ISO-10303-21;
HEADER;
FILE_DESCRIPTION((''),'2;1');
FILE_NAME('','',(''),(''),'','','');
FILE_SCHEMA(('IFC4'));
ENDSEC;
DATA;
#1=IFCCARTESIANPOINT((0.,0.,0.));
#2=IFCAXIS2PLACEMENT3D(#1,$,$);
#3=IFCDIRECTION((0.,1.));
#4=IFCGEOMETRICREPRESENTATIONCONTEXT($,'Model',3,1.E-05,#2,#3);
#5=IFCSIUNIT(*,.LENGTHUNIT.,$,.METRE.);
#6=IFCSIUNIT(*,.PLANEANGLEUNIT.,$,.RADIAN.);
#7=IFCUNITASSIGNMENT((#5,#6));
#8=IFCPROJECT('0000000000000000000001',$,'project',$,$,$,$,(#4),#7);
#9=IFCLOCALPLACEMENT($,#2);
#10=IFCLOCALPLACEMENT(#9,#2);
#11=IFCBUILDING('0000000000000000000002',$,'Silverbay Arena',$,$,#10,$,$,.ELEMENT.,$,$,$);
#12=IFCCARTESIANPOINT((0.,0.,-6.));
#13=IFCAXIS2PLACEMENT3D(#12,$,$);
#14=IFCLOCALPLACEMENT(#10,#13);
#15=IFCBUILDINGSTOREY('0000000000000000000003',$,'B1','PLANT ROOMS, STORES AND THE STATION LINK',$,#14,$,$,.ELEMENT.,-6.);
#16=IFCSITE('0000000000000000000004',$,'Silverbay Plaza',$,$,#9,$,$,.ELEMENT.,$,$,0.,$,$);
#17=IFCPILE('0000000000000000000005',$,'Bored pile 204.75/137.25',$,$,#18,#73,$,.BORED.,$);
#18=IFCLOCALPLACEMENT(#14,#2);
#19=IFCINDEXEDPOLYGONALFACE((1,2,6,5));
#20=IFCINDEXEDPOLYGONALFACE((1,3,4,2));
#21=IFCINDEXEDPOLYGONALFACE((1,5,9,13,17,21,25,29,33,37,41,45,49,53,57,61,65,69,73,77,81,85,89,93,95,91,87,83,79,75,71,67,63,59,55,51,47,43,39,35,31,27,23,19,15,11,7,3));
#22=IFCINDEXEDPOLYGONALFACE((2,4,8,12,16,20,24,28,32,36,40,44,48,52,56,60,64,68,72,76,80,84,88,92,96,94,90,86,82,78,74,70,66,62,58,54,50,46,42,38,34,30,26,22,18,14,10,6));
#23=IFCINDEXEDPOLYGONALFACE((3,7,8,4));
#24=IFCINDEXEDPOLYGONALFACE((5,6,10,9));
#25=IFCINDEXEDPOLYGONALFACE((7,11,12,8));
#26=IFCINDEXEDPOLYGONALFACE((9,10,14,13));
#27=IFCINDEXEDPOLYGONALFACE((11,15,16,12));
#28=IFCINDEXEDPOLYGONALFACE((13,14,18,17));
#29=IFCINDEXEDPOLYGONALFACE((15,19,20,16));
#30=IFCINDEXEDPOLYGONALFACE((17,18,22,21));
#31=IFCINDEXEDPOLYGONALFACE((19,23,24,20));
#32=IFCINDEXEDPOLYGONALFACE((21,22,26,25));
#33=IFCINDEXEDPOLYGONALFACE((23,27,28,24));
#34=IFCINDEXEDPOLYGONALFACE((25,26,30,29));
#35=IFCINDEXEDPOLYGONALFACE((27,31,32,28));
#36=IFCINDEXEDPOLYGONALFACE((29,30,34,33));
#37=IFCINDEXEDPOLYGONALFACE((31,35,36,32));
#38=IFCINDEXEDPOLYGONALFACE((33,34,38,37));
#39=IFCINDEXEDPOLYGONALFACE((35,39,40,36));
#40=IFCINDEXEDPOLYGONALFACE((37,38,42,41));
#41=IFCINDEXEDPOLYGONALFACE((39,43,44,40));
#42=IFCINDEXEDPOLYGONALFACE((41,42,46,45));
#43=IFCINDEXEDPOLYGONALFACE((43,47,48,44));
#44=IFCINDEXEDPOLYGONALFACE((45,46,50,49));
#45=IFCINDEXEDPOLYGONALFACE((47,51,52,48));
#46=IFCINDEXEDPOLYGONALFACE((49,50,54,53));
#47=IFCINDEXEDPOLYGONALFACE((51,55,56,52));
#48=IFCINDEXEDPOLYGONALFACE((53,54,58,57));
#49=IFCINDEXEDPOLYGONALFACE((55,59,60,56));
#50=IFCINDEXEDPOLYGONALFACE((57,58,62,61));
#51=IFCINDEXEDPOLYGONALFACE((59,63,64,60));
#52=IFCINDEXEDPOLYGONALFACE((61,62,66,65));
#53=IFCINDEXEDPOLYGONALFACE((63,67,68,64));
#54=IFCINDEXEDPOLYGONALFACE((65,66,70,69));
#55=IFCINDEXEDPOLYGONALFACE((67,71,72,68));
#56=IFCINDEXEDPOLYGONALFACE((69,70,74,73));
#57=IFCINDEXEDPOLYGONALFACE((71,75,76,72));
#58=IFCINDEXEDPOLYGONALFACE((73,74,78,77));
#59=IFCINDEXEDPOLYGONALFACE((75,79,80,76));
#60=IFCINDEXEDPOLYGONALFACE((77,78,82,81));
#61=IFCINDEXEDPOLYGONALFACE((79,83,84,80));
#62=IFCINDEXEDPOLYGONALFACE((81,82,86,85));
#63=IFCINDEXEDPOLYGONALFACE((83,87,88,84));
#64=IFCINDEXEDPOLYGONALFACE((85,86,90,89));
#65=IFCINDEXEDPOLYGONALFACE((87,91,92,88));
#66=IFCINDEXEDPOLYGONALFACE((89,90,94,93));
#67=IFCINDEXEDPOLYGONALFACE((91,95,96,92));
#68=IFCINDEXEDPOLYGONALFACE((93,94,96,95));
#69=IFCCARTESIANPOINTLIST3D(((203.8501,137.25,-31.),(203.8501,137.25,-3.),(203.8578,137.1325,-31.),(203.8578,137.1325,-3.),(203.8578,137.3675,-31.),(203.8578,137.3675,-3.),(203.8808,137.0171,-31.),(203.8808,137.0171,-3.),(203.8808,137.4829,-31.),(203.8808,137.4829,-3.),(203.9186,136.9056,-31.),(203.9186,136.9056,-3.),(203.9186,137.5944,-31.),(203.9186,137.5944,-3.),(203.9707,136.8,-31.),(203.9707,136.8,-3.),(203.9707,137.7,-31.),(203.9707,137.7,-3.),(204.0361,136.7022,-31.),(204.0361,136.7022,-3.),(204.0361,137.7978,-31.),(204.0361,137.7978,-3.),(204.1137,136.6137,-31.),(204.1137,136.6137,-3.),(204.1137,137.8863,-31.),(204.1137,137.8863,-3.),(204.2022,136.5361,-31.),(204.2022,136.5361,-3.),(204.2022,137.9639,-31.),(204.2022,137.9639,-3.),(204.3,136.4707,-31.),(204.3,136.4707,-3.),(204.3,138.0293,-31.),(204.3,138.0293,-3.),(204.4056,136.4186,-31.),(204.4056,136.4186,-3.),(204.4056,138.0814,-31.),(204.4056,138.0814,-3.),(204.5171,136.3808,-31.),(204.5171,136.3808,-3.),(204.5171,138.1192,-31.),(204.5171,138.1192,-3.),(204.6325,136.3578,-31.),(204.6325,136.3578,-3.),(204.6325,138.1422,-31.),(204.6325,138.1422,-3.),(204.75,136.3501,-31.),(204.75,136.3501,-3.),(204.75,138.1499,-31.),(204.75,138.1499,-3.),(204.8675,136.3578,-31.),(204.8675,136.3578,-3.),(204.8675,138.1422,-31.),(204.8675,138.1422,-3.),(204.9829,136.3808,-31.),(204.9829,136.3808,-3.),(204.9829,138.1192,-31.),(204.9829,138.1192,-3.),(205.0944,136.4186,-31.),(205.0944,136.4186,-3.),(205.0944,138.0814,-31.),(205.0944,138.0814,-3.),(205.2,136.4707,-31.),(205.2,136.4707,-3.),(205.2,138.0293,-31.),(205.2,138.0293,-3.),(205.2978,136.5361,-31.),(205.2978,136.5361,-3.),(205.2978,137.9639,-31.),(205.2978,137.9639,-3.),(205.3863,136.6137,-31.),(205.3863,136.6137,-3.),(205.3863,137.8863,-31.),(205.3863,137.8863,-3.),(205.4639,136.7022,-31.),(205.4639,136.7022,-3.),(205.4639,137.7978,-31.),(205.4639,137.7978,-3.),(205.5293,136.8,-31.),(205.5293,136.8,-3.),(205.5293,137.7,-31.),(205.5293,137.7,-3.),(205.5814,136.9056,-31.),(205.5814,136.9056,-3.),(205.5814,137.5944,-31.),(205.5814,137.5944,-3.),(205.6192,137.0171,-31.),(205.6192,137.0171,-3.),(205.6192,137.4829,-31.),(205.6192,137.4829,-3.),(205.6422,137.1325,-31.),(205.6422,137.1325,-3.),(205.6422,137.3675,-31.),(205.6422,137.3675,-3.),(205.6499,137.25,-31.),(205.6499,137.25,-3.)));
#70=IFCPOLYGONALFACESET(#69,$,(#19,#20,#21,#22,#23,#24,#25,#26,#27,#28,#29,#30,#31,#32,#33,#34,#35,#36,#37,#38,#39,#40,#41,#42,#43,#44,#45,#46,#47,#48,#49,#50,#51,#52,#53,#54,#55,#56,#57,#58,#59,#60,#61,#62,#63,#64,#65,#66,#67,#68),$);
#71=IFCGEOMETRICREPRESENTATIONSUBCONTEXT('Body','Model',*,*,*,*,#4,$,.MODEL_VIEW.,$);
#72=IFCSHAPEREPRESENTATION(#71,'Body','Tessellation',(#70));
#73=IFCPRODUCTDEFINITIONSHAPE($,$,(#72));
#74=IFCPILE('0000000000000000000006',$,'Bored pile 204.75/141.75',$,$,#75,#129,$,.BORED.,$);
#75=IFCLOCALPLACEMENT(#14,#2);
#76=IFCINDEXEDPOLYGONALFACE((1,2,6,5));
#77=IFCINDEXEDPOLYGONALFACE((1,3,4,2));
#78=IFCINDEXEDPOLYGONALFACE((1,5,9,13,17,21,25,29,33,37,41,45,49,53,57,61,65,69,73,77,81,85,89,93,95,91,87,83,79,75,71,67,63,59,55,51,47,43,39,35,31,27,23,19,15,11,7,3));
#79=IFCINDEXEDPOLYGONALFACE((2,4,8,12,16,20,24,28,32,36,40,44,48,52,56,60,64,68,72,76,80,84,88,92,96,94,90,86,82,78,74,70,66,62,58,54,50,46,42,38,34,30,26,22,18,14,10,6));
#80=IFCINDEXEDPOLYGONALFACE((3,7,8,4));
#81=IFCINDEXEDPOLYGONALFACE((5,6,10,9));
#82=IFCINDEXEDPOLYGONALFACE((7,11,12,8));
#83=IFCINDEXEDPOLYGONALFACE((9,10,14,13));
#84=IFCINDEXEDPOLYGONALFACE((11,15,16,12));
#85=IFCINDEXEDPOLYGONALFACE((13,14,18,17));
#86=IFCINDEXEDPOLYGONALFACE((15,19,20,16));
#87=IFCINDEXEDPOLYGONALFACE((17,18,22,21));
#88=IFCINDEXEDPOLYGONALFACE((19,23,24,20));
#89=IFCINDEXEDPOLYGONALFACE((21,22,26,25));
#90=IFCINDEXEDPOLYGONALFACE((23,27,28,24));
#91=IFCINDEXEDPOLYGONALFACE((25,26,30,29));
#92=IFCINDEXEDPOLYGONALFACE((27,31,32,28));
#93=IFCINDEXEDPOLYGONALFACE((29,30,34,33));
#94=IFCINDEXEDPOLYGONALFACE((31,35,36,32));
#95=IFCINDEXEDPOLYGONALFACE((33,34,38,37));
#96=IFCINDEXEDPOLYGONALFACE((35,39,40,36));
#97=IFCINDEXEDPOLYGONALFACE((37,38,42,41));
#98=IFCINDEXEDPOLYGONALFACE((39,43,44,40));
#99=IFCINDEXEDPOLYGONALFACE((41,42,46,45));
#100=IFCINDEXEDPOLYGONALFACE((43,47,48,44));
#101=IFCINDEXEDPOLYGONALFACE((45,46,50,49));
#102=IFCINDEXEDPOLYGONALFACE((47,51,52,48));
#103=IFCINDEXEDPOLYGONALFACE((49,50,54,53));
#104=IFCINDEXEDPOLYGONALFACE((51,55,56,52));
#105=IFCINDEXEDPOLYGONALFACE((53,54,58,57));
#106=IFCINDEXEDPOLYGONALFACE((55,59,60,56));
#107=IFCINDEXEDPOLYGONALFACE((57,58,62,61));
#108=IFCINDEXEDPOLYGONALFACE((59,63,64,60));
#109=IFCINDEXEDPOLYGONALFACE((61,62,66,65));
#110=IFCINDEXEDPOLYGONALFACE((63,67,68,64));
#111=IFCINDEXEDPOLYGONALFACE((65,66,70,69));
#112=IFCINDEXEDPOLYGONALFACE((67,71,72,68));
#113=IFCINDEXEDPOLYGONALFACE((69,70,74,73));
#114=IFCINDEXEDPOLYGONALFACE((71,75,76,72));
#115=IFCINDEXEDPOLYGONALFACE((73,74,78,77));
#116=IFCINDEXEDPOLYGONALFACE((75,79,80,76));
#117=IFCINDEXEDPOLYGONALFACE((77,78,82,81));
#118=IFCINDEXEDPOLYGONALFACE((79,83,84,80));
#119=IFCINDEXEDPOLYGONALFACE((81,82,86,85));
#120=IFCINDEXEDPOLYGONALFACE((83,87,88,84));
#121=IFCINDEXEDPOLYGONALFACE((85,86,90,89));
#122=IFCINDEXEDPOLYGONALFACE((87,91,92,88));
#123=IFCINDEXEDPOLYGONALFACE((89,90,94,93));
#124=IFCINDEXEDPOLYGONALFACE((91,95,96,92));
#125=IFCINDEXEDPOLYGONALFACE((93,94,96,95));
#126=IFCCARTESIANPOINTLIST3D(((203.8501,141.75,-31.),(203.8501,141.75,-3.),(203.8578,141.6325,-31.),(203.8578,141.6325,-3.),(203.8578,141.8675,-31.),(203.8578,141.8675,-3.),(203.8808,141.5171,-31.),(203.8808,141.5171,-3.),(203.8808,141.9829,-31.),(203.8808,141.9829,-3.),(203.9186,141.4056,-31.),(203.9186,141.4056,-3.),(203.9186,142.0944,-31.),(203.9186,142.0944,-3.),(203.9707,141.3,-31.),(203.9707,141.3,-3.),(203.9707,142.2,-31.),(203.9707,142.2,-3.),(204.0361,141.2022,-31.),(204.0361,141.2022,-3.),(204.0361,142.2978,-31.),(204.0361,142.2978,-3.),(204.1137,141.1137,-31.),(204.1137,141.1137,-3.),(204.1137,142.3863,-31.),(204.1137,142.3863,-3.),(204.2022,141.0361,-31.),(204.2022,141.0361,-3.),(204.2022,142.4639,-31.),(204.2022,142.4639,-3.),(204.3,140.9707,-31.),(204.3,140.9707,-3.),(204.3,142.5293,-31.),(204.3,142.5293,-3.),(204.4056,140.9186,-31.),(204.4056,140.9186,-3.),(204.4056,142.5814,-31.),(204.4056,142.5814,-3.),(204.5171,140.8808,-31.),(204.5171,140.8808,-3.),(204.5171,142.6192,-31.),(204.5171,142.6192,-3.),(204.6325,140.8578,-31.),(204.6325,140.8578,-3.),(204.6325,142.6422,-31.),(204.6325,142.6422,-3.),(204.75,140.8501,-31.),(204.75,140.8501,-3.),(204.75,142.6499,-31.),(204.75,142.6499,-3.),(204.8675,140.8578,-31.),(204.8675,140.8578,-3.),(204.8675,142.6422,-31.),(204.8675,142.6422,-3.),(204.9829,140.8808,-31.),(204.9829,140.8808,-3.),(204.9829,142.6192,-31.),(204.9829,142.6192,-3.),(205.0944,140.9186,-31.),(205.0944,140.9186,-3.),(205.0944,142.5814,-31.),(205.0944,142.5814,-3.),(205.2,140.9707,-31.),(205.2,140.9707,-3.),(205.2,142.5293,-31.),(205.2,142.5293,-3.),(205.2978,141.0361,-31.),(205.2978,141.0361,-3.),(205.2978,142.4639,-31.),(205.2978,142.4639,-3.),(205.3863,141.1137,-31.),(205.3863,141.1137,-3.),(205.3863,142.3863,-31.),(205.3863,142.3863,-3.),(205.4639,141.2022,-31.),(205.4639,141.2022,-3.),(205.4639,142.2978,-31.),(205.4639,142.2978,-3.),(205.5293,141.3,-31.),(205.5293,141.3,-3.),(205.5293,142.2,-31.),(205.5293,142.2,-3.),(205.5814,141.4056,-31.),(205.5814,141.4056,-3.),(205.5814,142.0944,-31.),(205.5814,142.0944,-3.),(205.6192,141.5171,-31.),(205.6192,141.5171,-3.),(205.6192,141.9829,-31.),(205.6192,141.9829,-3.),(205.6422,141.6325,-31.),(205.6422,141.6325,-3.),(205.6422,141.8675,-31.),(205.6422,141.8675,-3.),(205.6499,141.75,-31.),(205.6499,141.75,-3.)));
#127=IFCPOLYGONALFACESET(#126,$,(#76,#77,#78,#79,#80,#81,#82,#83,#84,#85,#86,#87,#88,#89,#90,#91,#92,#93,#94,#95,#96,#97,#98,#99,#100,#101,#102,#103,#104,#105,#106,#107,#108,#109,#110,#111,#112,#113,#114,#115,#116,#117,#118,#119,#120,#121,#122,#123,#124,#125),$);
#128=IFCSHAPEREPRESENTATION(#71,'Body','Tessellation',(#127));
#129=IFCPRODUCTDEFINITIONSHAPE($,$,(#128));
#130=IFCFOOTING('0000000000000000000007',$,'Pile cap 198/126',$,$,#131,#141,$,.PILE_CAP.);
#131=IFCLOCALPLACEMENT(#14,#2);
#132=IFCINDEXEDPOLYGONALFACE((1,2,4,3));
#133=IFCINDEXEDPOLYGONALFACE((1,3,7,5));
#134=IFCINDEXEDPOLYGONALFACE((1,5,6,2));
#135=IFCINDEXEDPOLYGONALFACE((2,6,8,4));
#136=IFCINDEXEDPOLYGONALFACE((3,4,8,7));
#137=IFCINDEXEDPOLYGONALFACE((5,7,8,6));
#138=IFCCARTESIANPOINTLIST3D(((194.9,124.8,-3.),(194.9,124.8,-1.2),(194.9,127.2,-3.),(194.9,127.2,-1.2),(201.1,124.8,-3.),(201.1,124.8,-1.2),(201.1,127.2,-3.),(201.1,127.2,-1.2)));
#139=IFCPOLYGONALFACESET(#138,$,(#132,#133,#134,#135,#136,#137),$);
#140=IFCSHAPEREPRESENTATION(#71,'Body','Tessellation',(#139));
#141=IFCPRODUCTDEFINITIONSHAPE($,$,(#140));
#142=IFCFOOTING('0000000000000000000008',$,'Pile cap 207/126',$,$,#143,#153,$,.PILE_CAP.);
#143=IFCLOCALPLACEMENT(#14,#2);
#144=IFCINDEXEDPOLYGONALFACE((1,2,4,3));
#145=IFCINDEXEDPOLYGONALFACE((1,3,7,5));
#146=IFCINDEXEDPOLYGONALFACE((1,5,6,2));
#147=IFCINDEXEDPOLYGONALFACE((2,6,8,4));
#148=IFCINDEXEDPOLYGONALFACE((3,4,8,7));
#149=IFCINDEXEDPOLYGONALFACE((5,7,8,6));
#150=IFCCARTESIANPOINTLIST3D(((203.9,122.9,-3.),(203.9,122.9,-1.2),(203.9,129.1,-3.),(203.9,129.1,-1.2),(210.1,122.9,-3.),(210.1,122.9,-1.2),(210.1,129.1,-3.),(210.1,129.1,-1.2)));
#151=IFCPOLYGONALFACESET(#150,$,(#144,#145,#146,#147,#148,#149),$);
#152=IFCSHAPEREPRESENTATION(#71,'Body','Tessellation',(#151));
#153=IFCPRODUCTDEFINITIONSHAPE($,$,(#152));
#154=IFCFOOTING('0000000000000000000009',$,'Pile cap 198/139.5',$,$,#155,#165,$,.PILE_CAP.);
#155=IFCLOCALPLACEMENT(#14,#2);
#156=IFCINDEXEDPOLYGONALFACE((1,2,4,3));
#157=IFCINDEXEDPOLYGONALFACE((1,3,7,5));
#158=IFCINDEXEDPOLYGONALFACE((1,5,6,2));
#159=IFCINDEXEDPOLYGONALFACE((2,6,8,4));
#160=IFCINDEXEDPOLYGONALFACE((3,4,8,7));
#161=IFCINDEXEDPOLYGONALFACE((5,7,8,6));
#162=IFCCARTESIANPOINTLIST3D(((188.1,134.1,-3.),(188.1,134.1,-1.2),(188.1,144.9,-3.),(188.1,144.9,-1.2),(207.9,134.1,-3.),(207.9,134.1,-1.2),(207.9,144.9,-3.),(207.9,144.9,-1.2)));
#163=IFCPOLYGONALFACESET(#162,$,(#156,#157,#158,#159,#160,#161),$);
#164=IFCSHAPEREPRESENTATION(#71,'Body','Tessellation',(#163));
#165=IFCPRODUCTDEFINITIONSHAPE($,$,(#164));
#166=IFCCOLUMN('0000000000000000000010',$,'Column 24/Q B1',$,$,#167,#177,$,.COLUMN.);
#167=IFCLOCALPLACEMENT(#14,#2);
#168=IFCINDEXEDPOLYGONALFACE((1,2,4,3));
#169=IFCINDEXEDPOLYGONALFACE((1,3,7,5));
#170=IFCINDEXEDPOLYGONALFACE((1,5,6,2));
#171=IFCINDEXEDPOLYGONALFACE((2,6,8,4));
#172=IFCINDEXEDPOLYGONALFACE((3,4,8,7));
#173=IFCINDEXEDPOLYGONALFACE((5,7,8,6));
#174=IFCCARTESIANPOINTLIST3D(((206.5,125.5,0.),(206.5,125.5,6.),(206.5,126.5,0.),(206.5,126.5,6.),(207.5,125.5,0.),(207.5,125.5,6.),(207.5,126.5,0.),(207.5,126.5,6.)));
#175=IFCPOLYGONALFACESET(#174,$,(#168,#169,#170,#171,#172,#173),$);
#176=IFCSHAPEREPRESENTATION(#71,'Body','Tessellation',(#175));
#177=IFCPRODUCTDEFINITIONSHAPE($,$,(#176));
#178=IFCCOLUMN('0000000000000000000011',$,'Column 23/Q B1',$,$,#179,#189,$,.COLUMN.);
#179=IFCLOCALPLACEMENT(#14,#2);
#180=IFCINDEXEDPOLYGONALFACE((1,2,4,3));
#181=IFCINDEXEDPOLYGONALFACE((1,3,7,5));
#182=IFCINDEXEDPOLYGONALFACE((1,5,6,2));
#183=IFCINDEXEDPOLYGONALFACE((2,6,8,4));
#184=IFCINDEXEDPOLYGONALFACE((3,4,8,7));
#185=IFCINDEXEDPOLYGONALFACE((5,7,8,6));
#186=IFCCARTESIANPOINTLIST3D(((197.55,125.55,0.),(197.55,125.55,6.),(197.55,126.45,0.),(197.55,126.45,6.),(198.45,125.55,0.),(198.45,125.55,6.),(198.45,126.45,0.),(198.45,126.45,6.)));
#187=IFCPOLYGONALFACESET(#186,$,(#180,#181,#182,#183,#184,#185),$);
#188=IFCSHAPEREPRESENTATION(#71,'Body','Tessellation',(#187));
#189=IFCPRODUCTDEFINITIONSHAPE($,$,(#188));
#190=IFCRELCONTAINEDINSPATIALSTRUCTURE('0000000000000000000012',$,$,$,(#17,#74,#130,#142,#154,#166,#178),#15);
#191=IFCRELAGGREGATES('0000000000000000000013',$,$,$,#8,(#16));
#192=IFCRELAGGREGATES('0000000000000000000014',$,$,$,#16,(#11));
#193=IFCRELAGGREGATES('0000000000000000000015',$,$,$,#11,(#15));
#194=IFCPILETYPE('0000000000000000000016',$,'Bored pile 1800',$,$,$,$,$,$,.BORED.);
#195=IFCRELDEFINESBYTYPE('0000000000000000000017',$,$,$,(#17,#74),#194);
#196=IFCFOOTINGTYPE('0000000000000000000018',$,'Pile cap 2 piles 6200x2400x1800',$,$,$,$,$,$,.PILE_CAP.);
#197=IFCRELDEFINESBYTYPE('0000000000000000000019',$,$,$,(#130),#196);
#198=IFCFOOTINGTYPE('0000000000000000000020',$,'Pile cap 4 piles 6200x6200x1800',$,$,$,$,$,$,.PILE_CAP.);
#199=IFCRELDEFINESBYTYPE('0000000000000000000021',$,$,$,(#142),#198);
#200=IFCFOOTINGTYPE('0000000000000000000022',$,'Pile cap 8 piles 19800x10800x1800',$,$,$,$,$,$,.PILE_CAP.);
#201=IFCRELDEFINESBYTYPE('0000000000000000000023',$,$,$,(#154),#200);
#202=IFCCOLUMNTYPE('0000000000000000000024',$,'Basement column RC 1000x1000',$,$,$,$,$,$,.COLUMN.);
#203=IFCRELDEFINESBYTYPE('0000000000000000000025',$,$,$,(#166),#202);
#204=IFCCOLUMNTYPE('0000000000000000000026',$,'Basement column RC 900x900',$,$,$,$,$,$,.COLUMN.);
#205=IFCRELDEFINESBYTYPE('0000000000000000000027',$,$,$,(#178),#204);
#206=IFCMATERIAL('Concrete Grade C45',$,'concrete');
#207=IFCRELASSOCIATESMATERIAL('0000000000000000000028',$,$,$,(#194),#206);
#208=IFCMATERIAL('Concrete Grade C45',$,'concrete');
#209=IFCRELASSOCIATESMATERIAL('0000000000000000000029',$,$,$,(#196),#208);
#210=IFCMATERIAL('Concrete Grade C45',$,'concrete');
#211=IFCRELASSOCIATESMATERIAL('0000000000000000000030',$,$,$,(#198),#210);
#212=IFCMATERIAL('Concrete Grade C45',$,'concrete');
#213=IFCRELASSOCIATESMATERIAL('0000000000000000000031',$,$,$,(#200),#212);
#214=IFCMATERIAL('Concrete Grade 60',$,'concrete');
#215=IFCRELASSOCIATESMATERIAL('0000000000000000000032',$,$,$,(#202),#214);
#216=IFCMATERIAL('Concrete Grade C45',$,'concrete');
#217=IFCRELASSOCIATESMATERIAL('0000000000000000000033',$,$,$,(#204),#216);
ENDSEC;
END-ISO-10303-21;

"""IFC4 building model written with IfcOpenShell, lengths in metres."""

from ifc_helpers import new_model, si_unit, direction, frame, origin, origin_2d, place, context, subcontext, project, spatial, rectangle, circle, extrude, material, material_profile, profile_set, type_object, element, save


model = new_model("IFC4")

# Units and contexts
model_context = context("Model", 3, precision=1e-05, world=origin(), true_north=direction((0.0, 1.0)))
body_context = subcontext(model_context, "Body", "Model", "MODEL_VIEW")
ifc_project = project(units=[si_unit("LENGTHUNIT", "METRE"), si_unit("PLANEANGLEUNIT", "RADIAN")], contexts=[model_context])

# Site, building, storey
site_placement = place(None, origin())
site = spatial("IfcSite", under=ifc_project, at=site_placement, Name="Silverbay Plaza", CompositionType="ELEMENT", RefElevation=0.0)
building_placement = place(site_placement, origin())
building = spatial("IfcBuilding", under=site, at=building_placement, Name="Silverbay Arena", CompositionType="ELEMENT")
storey_placement = place(building_placement, frame((0.0, 0.0, -6.0)))
storey = spatial("IfcBuildingStorey", under=building, at=storey_placement, Name="B1", Description="PLANT ROOMS, STORES AND THE STATION LINK", CompositionType="ELEMENT", Elevation=-6.0)

# Piles
ifc_material_1 = material(Name="Concrete Grade C45", Category="concrete")
ifc_material_profile_1 = material_profile(ifc_material_1, circle(Radius=0.8999, at=origin_2d()), Name="Bored pile 1800")
ifc_profile_set_1 = profile_set([ifc_material_profile_1], Name="Concrete Grade C45")
pile_type_1 = type_object("IfcPileType", Name="Bored pile 1800", PredefinedType="BORED", material=ifc_profile_set_1)
for number, where, z_axis, x_axis, name in (
    (1, (204.75, 137.25, -3.0), (0.0, 0.0, -1.0), (1.0, 0.0, 0.0), "Bored pile 204.75/137.25"),
    (2, (204.75, 141.75, -3.0), (0.0, 0.0, -1.0), (1.0, 0.0, 0.0), "Bored pile 204.75/141.75"),
):
    element("IfcPile", number, at=place(storey_placement, frame(where, z_axis=z_axis, x_axis=x_axis)), inside=storey, type_object=pile_type_1, Name=name, PredefinedType="BORED", context=body_context, shape_type="SweptSolid", body=[
        extrude(circle(Radius=0.8999, at=origin_2d()), origin(), (0.0, 0.0, 1.0), 28.0),
    ])

# Footings
ifc_material_2 = material(Name="Concrete Grade C45", Category="concrete")
footing_type_1 = type_object("IfcFootingType", Name="Pile cap 2 piles 6200x2400x1800", PredefinedType="PILE_CAP", material=ifc_material_2)
footing_1_placement = place(storey_placement, frame((198.0, 126.0, -3.0), z_axis=(0.0, 0.0, 1.0), x_axis=(1.0, 0.0, 0.0)))
element("IfcFooting", 3, at=footing_1_placement, inside=storey, type_object=footing_type_1, Name="Pile cap 198/126", PredefinedType="PILE_CAP", context=body_context, shape_type="SweptSolid", body=[
    extrude(rectangle(XDim=6.2, YDim=2.3999, at=origin_2d()), origin(), (0.0, 0.0, 1.0), 1.8),
])
ifc_material_3 = material(Name="Concrete Grade C45", Category="concrete")
footing_type_2 = type_object("IfcFootingType", Name="Pile cap 4 piles 6200x6200x1800", PredefinedType="PILE_CAP", material=ifc_material_3)
footing_2_placement = place(storey_placement, frame((207.0, 126.0, -3.0), z_axis=(0.0, 0.0, 1.0), x_axis=(1.0, 0.0, 0.0)))
element("IfcFooting", 4, at=footing_2_placement, inside=storey, type_object=footing_type_2, Name="Pile cap 207/126", PredefinedType="PILE_CAP", context=body_context, shape_type="SweptSolid", body=[
    extrude(rectangle(XDim=6.2, YDim=6.2, at=origin_2d()), origin(), (0.0, 0.0, 1.0), 1.8),
])
ifc_material_4 = material(Name="Concrete Grade C45", Category="concrete")
footing_type_3 = type_object("IfcFootingType", Name="Pile cap 8 piles 19800x10800x1800", PredefinedType="PILE_CAP", material=ifc_material_4)
footing_3_placement = place(storey_placement, frame((198.0, 139.5, -3.0), z_axis=(0.0, 0.0, 1.0), x_axis=(1.0, 0.0, 0.0)))
element("IfcFooting", 5, at=footing_3_placement, inside=storey, type_object=footing_type_3, Name="Pile cap 198/139.5", PredefinedType="PILE_CAP", context=body_context, shape_type="SweptSolid", body=[
    extrude(rectangle(XDim=19.8, YDim=10.8, at=origin_2d()), origin(), (0.0, 0.0, 1.0), 1.8),
])

# Columns
ifc_material_5 = material(Name="Concrete Grade 60", Category="concrete")
ifc_material_profile_2 = material_profile(ifc_material_5, rectangle(XDim=1.0, YDim=1.0, at=origin_2d()), Name="RC 1000x1000")
ifc_profile_set_2 = profile_set([ifc_material_profile_2], Name="Concrete Grade 60")
column_type_1 = type_object("IfcColumnType", Name="Basement column RC 1000x1000", PredefinedType="COLUMN", material=ifc_profile_set_2)
column_1_placement = place(storey_placement, frame((207.0, 126.0, 0.0), z_axis=(0.0, 0.0, 1.0), x_axis=(1.0, 0.0, 0.0)))
element("IfcColumn", 6, at=column_1_placement, inside=storey, type_object=column_type_1, Name="Column 24/Q B1", PredefinedType="COLUMN", context=body_context, shape_type="SweptSolid", body=[
    extrude(rectangle(XDim=1.0, YDim=1.0, at=origin_2d()), origin(), (0.0, 0.0, 1.0), 6.0),
])
ifc_material_6 = material(Name="Concrete Grade C45", Category="concrete")
ifc_material_profile_3 = material_profile(ifc_material_6, rectangle(XDim=0.8999, YDim=0.8999, at=origin_2d()), Name="RC 900x900")
ifc_profile_set_3 = profile_set([ifc_material_profile_3], Name="Concrete Grade C45")
column_type_2 = type_object("IfcColumnType", Name="Basement column RC 900x900", PredefinedType="COLUMN", material=ifc_profile_set_3)
column_2_placement = place(storey_placement, frame((198.0, 126.0, 0.0), z_axis=(0.0, 0.0, 1.0), x_axis=(1.0, 0.0, 0.0)))
element("IfcColumn", 7, at=column_2_placement, inside=storey, type_object=column_type_2, Name="Column 23/Q B1", PredefinedType="COLUMN", context=body_context, shape_type="SweptSolid", body=[
    extrude(rectangle(XDim=0.8999, YDim=0.8999, at=origin_2d()), origin(), (0.0, 0.0, 1.0), 6.0),
])

save(model, "model.ifc")
